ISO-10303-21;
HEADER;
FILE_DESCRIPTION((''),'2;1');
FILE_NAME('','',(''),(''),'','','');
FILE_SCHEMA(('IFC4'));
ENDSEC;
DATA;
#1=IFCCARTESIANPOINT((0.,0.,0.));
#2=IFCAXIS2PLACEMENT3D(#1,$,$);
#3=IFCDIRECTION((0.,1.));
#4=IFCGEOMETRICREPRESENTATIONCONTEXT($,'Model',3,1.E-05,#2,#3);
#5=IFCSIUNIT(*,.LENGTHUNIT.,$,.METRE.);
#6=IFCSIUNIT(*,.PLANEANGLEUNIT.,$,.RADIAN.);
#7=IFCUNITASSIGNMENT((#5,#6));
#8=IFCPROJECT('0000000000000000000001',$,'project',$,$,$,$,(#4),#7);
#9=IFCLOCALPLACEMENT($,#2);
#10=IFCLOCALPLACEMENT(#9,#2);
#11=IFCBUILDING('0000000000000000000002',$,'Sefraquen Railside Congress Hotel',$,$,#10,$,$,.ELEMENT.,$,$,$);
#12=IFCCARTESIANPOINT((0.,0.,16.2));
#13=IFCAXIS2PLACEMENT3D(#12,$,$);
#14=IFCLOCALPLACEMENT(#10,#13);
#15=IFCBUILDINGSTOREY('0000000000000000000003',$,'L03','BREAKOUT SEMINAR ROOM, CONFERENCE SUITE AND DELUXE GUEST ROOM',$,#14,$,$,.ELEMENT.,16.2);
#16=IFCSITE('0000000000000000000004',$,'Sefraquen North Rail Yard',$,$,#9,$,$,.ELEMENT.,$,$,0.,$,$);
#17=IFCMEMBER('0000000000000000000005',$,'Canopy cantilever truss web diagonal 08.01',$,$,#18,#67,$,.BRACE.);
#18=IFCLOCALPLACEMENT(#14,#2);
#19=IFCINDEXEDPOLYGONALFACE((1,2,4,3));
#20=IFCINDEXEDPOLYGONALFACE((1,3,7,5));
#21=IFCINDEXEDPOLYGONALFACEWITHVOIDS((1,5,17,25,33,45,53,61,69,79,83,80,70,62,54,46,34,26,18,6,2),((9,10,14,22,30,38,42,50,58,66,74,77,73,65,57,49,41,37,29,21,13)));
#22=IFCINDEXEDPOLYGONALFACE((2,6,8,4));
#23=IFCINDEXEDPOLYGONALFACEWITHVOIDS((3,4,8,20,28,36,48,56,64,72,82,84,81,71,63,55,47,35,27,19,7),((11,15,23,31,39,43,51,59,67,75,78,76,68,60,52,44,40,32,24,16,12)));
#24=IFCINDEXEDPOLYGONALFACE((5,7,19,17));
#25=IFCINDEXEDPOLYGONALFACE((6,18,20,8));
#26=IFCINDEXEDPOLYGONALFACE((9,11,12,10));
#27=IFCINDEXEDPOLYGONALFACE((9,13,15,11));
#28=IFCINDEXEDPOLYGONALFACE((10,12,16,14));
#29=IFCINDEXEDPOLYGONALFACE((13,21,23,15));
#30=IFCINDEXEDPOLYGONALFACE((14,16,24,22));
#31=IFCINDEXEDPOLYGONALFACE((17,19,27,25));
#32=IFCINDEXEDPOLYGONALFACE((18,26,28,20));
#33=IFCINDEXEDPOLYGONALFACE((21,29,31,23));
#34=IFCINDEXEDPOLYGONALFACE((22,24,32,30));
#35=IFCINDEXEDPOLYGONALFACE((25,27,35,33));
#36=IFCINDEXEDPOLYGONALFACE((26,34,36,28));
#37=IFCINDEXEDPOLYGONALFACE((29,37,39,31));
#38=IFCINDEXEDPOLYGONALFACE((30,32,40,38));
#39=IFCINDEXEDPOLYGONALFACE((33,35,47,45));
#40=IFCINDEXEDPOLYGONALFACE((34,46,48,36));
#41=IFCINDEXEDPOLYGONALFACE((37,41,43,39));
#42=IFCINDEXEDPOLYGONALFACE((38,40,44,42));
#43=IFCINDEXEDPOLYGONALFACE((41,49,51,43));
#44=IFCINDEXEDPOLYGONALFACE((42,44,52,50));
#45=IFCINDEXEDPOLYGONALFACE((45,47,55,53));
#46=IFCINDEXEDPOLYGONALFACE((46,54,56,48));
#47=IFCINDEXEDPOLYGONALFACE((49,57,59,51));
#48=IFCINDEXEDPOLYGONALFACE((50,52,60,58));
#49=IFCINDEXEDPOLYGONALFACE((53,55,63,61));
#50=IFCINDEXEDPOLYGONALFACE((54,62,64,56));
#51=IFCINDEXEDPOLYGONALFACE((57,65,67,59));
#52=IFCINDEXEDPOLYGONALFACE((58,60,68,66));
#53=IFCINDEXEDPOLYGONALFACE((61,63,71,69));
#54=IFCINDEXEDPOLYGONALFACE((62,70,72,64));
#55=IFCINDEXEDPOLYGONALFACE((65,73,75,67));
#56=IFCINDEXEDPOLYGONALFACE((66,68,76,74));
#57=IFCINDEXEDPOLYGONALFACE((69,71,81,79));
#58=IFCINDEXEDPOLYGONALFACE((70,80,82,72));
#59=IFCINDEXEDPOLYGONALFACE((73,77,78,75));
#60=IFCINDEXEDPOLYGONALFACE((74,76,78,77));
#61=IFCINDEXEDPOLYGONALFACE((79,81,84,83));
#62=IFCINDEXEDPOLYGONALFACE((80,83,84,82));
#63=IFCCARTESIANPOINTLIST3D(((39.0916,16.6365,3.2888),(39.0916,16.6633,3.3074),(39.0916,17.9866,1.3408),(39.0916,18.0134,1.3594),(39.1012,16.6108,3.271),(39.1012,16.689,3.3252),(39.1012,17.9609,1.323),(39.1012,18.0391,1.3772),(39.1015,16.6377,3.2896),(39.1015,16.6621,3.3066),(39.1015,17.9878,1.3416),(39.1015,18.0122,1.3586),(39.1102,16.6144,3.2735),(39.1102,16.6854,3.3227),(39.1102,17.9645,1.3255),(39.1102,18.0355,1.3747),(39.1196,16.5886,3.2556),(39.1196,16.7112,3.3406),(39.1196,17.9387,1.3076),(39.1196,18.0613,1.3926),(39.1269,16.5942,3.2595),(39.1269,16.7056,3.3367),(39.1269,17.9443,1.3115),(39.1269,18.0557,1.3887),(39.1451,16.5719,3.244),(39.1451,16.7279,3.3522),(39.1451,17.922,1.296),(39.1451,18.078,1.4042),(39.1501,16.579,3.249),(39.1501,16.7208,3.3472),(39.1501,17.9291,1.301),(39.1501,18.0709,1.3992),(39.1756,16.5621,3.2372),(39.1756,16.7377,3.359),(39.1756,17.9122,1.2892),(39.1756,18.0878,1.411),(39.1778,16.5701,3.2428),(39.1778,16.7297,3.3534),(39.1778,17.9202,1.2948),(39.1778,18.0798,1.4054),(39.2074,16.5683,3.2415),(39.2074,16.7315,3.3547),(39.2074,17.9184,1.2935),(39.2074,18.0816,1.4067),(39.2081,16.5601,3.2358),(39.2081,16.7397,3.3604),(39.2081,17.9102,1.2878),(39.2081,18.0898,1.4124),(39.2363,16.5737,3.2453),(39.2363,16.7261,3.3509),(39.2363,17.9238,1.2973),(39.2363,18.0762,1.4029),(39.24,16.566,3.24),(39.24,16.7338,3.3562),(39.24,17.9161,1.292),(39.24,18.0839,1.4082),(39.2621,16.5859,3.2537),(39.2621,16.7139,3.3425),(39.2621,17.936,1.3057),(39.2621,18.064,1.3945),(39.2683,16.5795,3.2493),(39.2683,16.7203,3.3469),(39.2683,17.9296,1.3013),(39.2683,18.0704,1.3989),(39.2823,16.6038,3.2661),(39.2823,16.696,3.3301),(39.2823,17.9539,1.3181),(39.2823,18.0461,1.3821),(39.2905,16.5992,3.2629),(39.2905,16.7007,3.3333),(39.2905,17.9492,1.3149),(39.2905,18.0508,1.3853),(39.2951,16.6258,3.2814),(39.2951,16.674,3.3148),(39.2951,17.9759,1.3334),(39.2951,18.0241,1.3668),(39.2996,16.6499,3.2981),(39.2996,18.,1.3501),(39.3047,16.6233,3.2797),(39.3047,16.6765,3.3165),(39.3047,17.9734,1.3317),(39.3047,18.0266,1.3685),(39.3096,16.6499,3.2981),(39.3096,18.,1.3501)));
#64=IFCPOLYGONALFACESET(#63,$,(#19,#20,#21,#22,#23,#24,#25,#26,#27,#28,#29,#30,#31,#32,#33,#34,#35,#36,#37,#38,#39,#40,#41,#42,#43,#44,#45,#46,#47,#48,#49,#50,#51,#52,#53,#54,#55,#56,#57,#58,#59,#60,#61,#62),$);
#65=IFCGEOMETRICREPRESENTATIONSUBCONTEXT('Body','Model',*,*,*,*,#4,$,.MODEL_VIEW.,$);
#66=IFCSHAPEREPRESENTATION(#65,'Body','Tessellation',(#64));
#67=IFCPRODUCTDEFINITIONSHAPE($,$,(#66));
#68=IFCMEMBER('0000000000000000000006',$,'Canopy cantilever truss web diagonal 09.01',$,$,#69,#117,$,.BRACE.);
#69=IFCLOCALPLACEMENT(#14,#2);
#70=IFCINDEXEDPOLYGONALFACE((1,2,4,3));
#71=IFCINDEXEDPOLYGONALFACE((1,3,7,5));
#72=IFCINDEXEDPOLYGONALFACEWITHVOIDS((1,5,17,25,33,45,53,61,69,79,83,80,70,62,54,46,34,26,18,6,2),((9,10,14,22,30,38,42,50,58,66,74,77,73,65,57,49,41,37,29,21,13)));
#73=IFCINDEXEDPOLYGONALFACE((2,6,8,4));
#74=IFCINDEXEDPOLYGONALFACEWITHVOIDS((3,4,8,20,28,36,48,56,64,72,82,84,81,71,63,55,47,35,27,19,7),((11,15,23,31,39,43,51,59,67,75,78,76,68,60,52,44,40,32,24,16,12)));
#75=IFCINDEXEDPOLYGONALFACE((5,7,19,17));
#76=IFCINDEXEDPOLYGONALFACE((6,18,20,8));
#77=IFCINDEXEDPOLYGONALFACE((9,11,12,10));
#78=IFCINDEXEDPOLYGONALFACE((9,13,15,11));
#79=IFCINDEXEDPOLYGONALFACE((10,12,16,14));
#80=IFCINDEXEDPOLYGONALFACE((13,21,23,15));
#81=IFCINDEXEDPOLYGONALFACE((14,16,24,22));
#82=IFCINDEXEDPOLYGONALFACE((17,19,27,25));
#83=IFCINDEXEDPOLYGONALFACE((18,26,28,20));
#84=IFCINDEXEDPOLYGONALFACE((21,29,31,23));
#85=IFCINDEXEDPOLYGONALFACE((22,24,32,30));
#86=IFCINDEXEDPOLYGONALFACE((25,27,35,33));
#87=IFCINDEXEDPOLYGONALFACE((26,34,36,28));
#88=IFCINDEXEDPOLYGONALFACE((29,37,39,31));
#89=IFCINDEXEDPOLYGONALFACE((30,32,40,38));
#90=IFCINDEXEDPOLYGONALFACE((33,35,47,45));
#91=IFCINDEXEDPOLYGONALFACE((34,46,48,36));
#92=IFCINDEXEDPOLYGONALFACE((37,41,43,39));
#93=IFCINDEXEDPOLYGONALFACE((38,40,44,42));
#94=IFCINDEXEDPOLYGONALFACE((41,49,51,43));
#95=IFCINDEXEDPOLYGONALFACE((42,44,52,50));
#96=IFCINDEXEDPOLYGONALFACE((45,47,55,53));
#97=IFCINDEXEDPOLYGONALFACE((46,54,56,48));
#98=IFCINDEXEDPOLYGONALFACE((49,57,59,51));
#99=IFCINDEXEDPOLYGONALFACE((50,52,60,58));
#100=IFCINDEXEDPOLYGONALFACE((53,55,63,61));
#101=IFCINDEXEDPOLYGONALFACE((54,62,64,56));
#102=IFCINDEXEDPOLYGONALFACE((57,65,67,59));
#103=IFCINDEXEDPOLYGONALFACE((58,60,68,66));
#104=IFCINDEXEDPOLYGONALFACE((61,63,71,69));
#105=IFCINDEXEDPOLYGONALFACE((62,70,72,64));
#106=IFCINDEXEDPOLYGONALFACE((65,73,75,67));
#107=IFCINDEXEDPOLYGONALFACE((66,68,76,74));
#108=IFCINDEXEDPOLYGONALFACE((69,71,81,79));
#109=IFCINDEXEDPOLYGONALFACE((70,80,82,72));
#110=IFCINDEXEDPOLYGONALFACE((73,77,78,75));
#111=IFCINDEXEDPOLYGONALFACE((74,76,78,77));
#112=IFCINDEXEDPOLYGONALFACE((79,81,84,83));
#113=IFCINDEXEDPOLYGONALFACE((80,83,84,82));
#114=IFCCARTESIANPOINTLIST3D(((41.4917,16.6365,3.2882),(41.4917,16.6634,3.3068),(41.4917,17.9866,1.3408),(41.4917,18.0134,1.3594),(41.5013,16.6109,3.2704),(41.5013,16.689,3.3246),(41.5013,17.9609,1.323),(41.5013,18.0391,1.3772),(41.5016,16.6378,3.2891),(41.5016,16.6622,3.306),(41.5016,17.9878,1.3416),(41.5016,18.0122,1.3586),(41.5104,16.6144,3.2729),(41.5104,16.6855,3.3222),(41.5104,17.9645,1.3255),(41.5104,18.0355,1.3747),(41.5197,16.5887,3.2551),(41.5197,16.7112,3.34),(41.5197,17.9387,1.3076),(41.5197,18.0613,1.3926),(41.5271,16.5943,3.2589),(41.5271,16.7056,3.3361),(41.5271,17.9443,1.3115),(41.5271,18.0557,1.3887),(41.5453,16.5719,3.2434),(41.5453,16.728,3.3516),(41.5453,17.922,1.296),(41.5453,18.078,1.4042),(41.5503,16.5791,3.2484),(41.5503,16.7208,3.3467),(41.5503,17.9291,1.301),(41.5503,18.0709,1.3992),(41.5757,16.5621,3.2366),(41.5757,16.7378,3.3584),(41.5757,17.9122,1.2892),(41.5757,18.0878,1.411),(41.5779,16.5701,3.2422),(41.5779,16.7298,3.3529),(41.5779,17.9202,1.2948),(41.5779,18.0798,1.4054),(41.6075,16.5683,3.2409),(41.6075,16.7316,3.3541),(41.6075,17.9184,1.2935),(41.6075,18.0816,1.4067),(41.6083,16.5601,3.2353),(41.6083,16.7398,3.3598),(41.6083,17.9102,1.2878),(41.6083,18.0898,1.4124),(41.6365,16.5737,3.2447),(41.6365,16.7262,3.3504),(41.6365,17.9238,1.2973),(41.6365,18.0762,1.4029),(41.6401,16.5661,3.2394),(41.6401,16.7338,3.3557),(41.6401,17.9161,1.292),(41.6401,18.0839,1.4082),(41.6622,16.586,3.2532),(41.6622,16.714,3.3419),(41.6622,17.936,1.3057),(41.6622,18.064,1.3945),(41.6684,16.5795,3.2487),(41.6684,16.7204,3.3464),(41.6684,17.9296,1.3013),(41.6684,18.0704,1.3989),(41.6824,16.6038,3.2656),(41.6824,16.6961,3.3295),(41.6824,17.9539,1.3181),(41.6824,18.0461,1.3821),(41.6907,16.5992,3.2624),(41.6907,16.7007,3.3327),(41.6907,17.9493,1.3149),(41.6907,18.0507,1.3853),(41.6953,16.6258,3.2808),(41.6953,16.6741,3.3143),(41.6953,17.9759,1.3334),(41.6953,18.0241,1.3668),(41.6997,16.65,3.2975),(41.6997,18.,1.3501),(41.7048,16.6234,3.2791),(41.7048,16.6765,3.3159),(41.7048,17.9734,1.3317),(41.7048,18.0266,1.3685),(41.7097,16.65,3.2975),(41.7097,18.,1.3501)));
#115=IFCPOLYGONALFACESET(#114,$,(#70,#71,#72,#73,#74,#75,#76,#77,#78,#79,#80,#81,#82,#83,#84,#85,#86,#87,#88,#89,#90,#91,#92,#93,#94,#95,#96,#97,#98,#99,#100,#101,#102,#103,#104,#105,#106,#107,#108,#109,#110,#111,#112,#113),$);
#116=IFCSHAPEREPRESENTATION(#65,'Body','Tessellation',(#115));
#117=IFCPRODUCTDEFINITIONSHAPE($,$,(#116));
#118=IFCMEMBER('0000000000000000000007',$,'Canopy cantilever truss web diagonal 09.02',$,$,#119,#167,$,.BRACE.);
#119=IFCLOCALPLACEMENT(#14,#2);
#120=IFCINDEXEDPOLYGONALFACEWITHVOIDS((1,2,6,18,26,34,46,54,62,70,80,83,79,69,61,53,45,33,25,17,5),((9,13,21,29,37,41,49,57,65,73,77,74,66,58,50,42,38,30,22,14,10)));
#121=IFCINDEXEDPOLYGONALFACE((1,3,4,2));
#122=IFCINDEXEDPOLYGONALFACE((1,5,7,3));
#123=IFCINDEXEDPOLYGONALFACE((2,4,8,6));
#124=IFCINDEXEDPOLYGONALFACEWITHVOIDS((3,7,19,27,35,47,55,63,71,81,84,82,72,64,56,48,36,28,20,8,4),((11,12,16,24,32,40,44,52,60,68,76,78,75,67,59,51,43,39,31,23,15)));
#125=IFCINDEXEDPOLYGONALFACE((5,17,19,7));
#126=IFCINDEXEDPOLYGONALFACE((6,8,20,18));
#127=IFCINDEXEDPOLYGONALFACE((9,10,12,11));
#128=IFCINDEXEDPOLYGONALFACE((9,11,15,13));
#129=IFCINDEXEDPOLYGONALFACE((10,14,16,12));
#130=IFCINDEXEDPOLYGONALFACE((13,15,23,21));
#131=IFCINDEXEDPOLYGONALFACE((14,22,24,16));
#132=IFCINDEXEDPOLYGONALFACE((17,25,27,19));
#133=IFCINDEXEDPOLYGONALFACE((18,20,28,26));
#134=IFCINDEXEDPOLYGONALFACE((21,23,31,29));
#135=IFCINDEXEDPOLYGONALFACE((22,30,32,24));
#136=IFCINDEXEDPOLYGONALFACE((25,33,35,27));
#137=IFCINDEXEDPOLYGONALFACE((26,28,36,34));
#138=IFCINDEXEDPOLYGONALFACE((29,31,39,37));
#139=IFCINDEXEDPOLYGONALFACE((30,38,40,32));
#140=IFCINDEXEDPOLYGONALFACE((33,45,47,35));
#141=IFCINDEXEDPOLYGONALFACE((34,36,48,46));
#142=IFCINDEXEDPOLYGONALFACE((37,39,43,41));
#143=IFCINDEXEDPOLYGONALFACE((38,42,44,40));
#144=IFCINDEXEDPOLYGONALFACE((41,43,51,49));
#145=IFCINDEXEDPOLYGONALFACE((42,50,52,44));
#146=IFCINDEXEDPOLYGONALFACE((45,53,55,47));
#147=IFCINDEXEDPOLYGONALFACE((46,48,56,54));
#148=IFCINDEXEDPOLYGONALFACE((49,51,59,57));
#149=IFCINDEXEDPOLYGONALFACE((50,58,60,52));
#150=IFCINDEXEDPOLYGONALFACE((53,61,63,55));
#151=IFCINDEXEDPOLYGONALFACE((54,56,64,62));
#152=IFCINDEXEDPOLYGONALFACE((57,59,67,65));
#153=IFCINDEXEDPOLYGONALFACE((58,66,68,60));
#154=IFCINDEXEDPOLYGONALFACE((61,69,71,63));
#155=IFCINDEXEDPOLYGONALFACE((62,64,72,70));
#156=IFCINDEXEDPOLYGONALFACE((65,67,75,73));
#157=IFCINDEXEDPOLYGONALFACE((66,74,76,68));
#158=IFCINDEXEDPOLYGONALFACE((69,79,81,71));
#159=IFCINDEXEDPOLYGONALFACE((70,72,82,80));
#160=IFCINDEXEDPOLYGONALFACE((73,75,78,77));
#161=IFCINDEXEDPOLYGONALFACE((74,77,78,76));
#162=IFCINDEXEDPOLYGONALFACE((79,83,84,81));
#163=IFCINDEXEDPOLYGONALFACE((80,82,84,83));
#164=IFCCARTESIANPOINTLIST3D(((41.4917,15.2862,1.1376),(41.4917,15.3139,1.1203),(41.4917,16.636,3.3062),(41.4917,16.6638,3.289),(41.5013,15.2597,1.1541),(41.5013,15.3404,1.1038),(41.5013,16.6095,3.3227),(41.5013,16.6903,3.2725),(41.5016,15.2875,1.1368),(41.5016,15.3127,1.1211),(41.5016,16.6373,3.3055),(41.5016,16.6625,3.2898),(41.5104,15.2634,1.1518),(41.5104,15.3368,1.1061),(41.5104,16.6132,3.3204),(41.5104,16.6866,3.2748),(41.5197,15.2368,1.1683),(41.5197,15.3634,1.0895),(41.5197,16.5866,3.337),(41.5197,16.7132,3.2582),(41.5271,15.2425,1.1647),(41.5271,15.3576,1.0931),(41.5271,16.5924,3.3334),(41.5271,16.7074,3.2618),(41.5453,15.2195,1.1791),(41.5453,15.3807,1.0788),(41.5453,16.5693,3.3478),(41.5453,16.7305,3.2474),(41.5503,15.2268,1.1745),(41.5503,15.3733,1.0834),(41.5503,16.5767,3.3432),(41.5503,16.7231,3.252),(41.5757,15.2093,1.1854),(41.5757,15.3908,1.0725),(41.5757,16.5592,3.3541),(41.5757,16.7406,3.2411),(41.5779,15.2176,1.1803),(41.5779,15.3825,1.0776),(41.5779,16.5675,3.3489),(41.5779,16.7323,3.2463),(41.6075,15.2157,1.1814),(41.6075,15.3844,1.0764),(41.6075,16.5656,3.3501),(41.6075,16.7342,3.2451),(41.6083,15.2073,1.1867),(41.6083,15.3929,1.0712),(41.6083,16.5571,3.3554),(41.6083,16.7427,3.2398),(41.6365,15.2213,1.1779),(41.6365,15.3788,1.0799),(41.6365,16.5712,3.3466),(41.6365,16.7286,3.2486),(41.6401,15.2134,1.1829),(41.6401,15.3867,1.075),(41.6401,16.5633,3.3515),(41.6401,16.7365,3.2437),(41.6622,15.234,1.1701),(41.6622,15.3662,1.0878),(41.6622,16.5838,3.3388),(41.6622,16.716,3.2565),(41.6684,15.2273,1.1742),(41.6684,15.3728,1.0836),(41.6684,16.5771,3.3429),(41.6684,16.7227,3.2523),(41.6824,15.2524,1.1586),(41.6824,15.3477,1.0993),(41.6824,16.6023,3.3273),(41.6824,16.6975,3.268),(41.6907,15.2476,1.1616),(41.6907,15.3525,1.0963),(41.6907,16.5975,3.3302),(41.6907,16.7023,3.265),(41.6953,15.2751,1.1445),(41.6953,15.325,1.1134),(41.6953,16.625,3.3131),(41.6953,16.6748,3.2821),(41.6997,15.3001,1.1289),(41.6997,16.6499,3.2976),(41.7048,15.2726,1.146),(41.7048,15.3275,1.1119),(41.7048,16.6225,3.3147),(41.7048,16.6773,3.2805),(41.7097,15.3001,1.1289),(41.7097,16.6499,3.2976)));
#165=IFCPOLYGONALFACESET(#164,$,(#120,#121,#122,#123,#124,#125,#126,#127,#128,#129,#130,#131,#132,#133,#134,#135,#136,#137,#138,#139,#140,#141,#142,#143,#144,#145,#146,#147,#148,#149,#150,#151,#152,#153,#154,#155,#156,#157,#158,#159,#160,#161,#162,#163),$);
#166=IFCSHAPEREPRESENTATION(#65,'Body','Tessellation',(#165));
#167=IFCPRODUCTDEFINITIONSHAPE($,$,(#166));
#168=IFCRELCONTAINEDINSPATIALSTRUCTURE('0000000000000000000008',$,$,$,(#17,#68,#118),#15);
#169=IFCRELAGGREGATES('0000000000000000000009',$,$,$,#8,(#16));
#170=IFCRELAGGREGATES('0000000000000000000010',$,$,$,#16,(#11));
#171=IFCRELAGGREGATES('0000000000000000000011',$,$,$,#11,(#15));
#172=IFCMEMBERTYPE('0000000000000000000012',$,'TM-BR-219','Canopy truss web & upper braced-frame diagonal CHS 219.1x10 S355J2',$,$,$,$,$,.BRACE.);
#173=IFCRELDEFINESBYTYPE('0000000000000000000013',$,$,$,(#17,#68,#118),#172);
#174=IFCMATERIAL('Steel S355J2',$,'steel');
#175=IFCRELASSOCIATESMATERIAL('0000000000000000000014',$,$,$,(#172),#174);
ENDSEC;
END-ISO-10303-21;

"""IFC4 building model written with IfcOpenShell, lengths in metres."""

from ifc_helpers import new_model, si_unit, direction, frame, origin, origin_2d, place, context, subcontext, project, spatial, hollow_circle, extrude, material, material_profile, profile_set, type_object, element, save


model = new_model("IFC4")

# Units and contexts
model_context = context("Model", 3, precision=1e-05, world=origin(), true_north=direction((0.0, 1.0)))
body_context = subcontext(model_context, "Body", "Model", "MODEL_VIEW")
ifc_project = project(units=[si_unit("LENGTHUNIT", "METRE"), si_unit("PLANEANGLEUNIT", "RADIAN")], contexts=[model_context])

# Site, building, storey
site_placement = place(None, origin())
site = spatial("IfcSite", under=ifc_project, at=site_placement, Name="Sefraquen North Rail Yard", CompositionType="ELEMENT", RefElevation=0.0)
building_placement = place(site_placement, origin())
building = spatial("IfcBuilding", under=site, at=building_placement, Name="Sefraquen Railside Congress Hotel", CompositionType="ELEMENT")
storey_placement = place(building_placement, frame((0.0, 0.0, 16.2)))
storey = spatial("IfcBuildingStorey", under=building, at=storey_placement, Name="L03", Description="BREAKOUT SEMINAR ROOM, CONFERENCE SUITE AND DELUXE GUEST ROOM", CompositionType="ELEMENT", Elevation=16.2)

# Shared definitions
ifc_material_1 = material(Name="Steel S355J2", Category="steel")

# Members
ifc_material_profile_1 = material_profile(ifc_material_1, hollow_circle(Radius=0.1096, WallThickness=0.01, at=origin_2d()), Name="CHS 219.1x10")
ifc_profile_set_1 = profile_set([ifc_material_profile_1], Name="Steel S355J2")
member_type_1 = type_object("IfcMemberType", Name="TM-BR-219", Description="Canopy truss web & upper braced-frame diagonal CHS 219.1x10 S355J2", PredefinedType="BRACE", material=ifc_profile_set_1)
member_1_placement = place(storey_placement, frame((39.2, 18.0, 1.3501), z_axis=(0.0, -0.569633, 0.821899), x_axis=(1.0, 0.0, 0.0)))
element("IfcMember", 1, at=member_1_placement, inside=storey, type_object=member_type_1, Name="Canopy cantilever truss web diagonal 08.01", PredefinedType="BRACE", context=body_context, shape_type="SweptSolid", body=[
    extrude(hollow_circle(Radius=0.1096, WallThickness=0.01, at=origin_2d()), origin(), (0.0, 0.0, 1.0), 2.3701),
])
member_2_placement = place(storey_placement, frame((41.6001, 18.0, 1.3501), z_axis=(0.0, -0.56973, 0.821832), x_axis=(1.0, 0.0, 0.0)))
element("IfcMember", 2, at=member_2_placement, inside=storey, type_object=member_type_1, Name="Canopy cantilever truss web diagonal 09.01", PredefinedType="BRACE", context=body_context, shape_type="SweptSolid", body=[
    extrude(hollow_circle(Radius=0.1096, WallThickness=0.01, at=origin_2d()), origin(), (0.0, 0.0, 1.0), 2.3696),
])
member_3_placement = place(storey_placement, frame((41.6001, 16.6499, 3.2976), z_axis=(0.0, -0.528426, -0.848979), x_axis=(1.0, 0.0, 0.0)))
element("IfcMember", 3, at=member_3_placement, inside=storey, type_object=member_type_1, Name="Canopy cantilever truss web diagonal 09.02", PredefinedType="BRACE", context=body_context, shape_type="SweptSolid", body=[
    extrude(hollow_circle(Radius=0.1096, WallThickness=0.01, at=origin_2d()), origin(), (0.0, 0.0, 1.0), 2.5544),
])

save(model, "model.ifc")
